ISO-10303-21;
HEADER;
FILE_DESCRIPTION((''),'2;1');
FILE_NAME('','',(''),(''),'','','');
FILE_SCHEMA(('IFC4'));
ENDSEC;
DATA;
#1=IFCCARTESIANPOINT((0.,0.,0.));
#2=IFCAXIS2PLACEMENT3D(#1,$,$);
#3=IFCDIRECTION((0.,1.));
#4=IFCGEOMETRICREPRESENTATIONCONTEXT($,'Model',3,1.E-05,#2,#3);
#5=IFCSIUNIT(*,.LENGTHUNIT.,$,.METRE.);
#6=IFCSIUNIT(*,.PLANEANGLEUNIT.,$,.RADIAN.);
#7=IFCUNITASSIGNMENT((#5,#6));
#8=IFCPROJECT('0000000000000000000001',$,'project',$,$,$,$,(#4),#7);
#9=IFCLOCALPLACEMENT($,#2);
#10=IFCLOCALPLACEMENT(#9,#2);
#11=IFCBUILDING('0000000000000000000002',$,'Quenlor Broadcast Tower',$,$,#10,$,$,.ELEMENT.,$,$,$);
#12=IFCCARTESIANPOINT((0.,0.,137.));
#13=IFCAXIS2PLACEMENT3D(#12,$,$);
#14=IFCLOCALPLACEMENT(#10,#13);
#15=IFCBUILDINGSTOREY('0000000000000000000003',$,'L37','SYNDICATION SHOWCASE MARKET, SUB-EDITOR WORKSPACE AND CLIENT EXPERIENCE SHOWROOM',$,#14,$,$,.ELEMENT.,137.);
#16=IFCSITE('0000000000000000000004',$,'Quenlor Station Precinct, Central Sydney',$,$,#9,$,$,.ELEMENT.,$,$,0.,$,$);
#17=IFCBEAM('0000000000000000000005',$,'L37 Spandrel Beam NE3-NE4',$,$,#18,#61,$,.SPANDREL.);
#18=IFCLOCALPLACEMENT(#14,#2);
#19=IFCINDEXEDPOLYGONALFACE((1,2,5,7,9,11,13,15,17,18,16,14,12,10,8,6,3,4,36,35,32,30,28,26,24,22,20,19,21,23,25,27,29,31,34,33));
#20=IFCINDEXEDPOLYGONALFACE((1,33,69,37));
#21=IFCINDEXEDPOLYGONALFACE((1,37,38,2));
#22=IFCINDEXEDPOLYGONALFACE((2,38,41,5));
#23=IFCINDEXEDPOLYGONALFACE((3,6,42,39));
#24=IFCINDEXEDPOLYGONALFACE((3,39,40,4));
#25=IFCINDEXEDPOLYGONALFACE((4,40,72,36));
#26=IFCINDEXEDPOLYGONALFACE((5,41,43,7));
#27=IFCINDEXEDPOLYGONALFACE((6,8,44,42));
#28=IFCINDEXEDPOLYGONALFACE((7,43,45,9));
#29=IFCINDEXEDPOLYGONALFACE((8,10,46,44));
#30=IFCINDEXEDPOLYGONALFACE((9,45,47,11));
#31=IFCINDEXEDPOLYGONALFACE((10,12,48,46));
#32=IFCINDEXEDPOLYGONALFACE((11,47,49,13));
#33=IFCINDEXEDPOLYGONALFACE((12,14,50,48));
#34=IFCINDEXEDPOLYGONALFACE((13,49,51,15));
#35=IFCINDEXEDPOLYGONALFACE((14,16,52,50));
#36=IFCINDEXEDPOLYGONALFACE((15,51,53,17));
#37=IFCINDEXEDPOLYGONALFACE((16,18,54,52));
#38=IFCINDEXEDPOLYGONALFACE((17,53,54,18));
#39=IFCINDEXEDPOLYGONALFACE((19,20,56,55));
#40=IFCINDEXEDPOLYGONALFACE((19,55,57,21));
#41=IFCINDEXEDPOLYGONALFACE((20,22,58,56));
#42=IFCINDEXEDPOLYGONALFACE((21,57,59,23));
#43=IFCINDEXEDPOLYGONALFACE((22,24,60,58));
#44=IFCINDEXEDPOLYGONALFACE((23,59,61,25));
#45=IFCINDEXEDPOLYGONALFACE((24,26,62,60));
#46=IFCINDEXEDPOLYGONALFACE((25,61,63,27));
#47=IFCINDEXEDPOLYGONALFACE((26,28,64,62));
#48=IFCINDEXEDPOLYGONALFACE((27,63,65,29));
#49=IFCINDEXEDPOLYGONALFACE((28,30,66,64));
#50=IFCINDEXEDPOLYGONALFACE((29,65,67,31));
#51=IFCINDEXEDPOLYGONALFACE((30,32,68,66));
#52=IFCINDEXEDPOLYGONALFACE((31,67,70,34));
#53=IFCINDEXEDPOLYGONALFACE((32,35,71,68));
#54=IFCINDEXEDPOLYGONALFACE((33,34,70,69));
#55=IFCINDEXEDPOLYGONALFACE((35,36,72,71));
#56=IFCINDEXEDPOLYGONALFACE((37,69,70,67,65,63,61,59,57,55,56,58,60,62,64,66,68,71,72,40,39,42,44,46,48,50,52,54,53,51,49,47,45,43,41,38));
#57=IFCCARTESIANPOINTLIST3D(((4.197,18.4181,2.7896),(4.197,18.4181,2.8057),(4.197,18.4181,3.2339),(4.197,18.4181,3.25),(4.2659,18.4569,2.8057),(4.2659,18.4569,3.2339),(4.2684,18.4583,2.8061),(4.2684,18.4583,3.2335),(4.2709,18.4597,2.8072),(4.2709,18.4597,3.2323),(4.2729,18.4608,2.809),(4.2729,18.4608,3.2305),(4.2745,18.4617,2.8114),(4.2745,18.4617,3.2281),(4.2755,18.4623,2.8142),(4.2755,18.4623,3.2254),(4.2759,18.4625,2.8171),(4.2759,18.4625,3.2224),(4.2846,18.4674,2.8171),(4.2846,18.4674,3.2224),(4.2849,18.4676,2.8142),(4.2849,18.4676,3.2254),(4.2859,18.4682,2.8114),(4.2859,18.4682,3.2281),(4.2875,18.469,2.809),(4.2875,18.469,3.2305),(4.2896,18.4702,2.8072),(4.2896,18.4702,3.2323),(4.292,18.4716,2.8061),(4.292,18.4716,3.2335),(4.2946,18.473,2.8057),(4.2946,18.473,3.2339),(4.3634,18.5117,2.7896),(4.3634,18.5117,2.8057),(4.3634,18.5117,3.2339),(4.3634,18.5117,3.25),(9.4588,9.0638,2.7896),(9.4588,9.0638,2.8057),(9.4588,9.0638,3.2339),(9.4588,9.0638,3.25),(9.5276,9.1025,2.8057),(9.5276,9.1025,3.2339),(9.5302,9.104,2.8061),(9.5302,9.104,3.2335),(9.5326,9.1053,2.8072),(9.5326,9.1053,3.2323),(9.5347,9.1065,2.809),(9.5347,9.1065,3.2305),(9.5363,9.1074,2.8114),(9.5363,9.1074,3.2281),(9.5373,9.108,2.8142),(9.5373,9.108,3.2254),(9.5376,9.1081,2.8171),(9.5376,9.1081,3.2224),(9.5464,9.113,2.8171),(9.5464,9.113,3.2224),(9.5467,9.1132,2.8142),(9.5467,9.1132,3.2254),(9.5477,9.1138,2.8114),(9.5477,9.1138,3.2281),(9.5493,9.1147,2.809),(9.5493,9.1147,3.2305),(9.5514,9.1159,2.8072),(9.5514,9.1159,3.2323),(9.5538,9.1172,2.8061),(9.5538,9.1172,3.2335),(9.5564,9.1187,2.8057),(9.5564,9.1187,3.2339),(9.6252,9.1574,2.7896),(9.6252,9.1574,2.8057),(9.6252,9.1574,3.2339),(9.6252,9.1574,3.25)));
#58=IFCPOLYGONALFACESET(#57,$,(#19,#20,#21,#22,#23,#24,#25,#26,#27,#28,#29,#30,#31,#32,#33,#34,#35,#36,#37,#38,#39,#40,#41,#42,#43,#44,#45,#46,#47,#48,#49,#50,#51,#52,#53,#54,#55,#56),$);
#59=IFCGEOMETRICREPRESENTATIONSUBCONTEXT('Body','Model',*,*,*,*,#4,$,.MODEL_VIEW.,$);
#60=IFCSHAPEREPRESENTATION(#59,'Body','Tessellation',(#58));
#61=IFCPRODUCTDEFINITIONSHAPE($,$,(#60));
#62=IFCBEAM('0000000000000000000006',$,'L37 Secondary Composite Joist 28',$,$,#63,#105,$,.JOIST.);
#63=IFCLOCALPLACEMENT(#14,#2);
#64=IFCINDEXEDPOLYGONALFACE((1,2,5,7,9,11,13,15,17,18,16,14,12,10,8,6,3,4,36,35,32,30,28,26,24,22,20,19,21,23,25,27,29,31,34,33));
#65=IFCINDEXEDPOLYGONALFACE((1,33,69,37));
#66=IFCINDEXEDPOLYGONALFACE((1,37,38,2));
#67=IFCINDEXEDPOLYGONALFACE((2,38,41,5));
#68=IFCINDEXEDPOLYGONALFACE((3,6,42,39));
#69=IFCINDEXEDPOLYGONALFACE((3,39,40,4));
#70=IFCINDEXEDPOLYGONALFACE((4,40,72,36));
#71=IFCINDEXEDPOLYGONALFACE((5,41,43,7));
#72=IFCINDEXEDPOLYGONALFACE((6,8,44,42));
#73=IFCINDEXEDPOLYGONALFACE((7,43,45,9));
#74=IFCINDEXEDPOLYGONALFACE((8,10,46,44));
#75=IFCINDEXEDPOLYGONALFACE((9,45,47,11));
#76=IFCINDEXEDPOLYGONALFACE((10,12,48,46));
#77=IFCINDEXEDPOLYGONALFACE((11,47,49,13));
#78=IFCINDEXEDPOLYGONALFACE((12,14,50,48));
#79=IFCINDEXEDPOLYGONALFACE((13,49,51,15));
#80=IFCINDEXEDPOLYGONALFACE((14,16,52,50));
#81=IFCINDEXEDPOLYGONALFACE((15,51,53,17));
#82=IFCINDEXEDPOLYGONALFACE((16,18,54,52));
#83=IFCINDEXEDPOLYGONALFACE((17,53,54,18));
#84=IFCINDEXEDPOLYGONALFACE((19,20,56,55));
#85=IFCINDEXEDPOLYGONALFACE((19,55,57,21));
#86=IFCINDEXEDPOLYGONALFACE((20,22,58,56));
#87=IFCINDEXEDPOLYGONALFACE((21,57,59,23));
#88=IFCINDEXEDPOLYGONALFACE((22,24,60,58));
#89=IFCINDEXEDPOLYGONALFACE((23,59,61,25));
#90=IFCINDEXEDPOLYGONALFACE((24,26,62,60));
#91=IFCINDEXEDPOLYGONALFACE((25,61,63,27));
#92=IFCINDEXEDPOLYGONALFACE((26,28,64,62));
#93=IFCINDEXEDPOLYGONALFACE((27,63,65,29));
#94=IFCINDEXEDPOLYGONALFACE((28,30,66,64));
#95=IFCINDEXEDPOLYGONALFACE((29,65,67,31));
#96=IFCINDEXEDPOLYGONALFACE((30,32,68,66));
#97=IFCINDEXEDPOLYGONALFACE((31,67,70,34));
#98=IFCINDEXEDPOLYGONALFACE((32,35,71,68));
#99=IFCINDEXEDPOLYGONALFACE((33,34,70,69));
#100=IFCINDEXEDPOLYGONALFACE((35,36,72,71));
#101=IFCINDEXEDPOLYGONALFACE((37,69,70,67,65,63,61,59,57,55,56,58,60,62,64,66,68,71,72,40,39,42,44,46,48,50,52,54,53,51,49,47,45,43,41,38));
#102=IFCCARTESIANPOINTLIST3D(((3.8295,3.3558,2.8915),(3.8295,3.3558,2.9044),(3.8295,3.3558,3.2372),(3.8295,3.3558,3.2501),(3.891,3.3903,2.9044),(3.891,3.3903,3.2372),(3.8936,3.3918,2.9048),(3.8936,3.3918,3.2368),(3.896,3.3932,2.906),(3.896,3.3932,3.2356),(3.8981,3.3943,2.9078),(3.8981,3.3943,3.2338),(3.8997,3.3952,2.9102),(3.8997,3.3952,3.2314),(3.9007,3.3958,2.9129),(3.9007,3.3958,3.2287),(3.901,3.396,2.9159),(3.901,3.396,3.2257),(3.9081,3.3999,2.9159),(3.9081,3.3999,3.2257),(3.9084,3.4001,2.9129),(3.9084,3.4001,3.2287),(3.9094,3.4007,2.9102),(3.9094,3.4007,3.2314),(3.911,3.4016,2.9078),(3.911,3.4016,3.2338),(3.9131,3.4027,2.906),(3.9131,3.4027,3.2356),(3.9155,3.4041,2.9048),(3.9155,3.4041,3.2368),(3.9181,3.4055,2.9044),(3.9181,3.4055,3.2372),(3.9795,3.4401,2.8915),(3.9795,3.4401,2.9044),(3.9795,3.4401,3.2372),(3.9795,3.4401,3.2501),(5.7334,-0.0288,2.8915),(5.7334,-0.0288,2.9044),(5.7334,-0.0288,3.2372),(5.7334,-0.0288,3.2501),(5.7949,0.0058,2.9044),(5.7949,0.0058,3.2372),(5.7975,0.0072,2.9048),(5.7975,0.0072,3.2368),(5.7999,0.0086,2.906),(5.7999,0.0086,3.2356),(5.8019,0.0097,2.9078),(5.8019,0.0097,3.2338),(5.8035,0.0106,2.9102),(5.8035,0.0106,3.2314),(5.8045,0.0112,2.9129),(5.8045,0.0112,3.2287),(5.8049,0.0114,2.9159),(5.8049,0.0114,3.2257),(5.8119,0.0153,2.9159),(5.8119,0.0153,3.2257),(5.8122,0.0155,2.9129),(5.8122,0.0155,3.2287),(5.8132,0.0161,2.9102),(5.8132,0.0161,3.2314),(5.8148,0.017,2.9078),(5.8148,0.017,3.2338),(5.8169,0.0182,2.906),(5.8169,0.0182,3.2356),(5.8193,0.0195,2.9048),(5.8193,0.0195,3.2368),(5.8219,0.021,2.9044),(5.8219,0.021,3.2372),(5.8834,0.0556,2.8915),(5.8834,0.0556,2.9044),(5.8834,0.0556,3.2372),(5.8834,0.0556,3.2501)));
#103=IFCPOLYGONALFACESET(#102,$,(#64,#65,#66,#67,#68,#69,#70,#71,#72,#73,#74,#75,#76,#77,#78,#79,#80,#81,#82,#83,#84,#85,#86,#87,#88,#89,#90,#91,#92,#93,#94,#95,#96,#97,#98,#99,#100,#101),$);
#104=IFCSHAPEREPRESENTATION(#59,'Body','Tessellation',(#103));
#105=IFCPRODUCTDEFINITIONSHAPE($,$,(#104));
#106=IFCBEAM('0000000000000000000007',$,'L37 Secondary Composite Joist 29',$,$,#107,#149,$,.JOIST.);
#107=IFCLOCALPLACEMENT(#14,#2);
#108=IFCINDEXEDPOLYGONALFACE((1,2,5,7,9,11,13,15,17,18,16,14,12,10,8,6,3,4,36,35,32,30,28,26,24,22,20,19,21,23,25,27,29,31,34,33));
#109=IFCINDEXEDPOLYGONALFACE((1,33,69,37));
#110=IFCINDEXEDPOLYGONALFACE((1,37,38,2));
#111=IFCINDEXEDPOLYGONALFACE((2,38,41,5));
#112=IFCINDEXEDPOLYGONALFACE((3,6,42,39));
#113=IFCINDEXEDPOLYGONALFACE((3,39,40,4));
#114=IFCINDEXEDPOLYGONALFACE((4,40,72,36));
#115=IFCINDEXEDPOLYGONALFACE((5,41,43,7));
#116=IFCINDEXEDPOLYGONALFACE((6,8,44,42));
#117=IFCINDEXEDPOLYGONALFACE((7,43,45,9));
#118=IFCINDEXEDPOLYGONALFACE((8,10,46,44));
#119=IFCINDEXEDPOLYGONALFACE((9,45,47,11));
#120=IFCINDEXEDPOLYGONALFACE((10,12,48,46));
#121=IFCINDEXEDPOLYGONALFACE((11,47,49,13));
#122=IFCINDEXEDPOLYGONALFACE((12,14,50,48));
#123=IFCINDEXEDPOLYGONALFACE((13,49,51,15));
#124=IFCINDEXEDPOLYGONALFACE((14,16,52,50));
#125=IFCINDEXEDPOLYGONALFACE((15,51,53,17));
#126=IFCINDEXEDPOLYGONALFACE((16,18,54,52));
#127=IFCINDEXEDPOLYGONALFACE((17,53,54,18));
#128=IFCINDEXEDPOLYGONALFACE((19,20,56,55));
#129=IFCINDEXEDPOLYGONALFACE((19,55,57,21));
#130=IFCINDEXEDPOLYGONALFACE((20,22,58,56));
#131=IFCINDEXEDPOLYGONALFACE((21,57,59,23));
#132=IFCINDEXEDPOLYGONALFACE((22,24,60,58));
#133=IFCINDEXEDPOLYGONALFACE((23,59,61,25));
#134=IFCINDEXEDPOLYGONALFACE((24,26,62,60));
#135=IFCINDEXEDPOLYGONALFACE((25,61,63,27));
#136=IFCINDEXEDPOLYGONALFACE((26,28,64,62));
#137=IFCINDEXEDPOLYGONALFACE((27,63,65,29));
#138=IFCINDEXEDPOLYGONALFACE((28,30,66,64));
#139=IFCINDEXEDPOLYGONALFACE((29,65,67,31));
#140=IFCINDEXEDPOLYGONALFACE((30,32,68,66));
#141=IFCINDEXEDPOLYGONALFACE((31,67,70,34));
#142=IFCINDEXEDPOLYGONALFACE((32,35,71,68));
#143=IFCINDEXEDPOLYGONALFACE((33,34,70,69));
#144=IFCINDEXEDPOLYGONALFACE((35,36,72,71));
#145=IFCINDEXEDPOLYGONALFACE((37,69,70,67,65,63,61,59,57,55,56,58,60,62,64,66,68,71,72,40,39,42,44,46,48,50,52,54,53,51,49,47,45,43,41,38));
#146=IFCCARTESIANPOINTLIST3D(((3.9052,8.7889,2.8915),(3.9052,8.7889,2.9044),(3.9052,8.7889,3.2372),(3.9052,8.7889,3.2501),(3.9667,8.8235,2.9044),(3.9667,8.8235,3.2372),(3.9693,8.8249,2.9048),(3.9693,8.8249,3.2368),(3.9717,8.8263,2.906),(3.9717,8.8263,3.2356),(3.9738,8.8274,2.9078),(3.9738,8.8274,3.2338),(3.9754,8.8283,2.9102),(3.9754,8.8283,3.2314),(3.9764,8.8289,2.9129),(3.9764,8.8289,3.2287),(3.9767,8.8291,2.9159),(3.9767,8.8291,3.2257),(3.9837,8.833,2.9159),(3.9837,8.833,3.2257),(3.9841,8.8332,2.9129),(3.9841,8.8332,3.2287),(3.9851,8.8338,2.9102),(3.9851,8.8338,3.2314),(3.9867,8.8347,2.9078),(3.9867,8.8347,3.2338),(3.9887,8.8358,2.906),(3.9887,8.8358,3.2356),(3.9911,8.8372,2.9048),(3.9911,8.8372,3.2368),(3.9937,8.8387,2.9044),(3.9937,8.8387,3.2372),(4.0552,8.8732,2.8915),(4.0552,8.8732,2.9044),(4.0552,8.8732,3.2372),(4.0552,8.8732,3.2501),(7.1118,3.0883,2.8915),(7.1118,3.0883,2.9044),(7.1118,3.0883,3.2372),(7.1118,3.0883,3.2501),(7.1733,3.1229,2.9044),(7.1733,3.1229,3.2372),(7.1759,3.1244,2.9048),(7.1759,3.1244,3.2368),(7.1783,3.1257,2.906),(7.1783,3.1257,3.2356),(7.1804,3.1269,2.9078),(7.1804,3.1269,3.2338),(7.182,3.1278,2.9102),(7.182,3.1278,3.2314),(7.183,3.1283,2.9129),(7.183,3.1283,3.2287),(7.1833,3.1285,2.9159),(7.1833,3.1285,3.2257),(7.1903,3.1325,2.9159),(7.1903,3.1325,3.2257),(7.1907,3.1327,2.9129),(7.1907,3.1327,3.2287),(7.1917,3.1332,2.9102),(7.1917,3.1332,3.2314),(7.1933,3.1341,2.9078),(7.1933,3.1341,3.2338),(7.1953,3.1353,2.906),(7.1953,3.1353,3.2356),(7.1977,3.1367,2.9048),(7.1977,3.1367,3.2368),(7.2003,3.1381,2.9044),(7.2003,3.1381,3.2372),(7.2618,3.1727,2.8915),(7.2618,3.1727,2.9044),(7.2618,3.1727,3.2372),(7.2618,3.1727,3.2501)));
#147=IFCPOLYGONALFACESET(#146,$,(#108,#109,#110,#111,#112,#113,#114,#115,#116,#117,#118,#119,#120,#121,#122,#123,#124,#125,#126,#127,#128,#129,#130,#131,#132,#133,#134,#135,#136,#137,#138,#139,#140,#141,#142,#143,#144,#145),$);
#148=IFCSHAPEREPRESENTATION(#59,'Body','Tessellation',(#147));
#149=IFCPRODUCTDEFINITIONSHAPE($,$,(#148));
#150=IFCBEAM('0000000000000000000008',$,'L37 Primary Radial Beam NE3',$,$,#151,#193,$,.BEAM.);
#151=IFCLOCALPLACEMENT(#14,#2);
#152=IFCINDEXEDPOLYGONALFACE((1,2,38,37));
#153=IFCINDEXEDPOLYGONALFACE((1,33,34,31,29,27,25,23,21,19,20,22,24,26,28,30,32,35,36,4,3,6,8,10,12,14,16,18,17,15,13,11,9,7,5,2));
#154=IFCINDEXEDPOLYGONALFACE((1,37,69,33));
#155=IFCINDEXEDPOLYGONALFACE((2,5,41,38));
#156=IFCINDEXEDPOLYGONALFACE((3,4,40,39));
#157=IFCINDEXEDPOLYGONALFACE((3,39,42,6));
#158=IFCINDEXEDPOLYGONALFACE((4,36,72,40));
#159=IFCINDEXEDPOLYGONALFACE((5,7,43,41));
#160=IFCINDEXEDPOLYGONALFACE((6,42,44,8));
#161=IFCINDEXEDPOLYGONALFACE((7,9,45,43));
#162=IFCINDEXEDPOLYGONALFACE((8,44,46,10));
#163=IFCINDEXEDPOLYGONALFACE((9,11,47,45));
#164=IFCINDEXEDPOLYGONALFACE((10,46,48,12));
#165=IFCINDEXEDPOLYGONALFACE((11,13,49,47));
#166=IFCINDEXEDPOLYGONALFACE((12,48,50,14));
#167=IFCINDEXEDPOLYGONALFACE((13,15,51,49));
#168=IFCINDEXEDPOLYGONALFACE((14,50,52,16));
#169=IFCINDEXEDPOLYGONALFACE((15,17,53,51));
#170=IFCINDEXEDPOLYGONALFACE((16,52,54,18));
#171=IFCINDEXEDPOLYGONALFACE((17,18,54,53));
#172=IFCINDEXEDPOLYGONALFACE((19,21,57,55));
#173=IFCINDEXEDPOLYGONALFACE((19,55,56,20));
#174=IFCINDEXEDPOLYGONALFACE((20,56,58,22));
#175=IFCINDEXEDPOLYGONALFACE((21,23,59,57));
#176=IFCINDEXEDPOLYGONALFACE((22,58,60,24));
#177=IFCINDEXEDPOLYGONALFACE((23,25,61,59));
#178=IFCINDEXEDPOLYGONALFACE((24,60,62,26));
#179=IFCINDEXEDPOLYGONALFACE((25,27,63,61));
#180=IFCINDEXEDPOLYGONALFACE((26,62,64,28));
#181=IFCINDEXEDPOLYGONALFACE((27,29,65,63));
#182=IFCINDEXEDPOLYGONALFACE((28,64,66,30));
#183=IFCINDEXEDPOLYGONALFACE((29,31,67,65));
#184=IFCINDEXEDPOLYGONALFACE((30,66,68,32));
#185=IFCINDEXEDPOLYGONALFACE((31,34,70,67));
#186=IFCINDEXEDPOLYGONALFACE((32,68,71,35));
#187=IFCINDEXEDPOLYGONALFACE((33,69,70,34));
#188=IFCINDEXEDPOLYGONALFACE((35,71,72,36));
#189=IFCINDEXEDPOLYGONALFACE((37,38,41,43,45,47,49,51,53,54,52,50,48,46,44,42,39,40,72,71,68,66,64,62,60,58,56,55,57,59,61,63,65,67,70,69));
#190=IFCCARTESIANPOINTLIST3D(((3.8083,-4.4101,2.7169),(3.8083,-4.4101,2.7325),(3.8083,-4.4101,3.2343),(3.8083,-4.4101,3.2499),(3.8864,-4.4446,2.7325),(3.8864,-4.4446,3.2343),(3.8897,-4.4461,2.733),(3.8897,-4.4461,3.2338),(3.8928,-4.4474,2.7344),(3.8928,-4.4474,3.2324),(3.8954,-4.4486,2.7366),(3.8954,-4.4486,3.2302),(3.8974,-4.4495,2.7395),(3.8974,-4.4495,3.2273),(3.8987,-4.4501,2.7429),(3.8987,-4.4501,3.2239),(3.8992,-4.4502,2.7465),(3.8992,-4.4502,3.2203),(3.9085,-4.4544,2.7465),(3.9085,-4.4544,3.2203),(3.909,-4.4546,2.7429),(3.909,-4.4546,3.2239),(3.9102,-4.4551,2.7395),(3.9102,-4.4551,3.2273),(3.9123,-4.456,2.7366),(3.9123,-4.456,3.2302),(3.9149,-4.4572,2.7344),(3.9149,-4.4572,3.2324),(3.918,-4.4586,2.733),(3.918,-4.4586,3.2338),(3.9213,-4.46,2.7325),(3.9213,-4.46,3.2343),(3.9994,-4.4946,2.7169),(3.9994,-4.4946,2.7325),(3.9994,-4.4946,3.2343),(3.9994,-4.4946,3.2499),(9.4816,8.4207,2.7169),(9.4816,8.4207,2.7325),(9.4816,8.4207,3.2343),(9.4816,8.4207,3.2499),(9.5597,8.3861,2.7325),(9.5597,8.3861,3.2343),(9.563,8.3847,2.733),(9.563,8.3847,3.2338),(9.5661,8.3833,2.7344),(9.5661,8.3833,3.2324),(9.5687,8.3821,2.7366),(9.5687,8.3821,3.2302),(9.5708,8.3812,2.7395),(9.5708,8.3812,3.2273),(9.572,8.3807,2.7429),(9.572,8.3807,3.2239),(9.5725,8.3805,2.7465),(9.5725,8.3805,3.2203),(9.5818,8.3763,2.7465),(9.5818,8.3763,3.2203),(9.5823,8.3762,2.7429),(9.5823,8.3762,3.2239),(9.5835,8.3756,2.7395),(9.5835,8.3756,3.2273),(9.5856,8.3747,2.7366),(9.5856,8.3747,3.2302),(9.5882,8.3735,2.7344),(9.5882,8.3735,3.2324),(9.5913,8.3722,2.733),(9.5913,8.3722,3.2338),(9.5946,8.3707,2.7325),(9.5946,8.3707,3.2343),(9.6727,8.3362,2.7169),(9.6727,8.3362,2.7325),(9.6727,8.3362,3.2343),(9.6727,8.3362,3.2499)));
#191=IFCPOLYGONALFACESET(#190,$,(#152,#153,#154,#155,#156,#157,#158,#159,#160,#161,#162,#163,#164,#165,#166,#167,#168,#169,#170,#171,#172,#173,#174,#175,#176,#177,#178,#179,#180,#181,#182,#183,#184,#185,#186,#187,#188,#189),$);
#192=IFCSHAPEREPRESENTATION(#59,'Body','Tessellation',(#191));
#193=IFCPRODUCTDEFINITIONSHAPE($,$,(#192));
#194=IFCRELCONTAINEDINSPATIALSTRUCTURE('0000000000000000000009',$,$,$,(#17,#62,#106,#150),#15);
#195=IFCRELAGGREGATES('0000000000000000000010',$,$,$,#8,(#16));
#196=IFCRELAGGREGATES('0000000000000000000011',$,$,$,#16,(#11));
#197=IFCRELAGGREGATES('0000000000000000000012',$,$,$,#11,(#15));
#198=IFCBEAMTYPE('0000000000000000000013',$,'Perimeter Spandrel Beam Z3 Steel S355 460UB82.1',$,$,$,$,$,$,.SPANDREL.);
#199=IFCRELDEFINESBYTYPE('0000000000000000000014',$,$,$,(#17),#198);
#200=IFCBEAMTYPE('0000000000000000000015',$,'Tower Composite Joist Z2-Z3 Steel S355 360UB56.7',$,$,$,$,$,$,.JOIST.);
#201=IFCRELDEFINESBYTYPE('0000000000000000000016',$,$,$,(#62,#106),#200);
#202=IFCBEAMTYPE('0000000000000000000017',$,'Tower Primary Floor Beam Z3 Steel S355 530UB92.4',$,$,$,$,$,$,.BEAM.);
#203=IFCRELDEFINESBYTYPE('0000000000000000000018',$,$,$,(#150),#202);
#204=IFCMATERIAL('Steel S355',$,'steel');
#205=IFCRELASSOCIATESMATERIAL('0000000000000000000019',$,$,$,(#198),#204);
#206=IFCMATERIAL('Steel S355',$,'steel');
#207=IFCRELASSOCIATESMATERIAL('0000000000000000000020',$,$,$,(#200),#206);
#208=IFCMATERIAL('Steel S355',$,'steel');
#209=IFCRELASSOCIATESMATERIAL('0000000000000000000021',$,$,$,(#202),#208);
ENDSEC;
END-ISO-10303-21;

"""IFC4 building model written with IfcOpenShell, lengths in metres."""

from ifc_helpers import new_model, si_unit, direction, frame, origin, origin_2d, place, context, subcontext, project, spatial, i_section, extrude, material, material_profile, profile_set, type_object, element, save


model = new_model("IFC4")

# Units and contexts
model_context = context("Model", 3, precision=1e-05, world=origin(), true_north=direction((0.0, 1.0)))
body_context = subcontext(model_context, "Body", "Model", "MODEL_VIEW")
ifc_project = project(units=[si_unit("LENGTHUNIT", "METRE"), si_unit("PLANEANGLEUNIT", "RADIAN")], contexts=[model_context])

# Site, building, storey
site_placement = place(None, origin())
site = spatial("IfcSite", under=ifc_project, at=site_placement, Name="Quenlor Station Precinct, Central Sydney", CompositionType="ELEMENT", RefElevation=0.0)
building_placement = place(site_placement, origin())
building = spatial("IfcBuilding", under=site, at=building_placement, Name="Quenlor Broadcast Tower", CompositionType="ELEMENT")
storey_placement = place(building_placement, frame((0.0, 0.0, 137.0)))
storey = spatial("IfcBuildingStorey", under=building, at=storey_placement, Name="L37", Description="SYNDICATION SHOWCASE MARKET, SUB-EDITOR WORKSPACE AND CLIENT EXPERIENCE SHOWROOM", CompositionType="ELEMENT", Elevation=137.0)

# Beams
ifc_material_1 = material(Name="Steel S355", Category="steel")
ifc_material_profile_1 = material_profile(ifc_material_1, i_section(OverallWidth=0.1909, OverallDepth=0.4604, WebThickness=0.01, FlangeThickness=0.0161, FilletRadius=0.0115, at=origin_2d()))
ifc_profile_set_1 = profile_set([ifc_material_profile_1], Name="Steel S355 460UB82.1")
beam_type_1 = type_object("IfcBeamType", Name="Perimeter Spandrel Beam Z3 Steel S355 460UB82.1", PredefinedType="SPANDREL", material=ifc_profile_set_1)
beam_1_placement = place(storey_placement, frame((9.542, 9.1106, 3.0198), z_axis=(-0.490258, 0.871577, 0.0), x_axis=(-0.871577, -0.490258, 0.0)))
element("IfcBeam", 1, at=beam_1_placement, inside=storey, type_object=beam_type_1, Name="L37 Spandrel Beam NE3-NE4", PredefinedType="SPANDREL", context=body_context, shape_type="SweptSolid", body=[
    extrude(i_section(OverallWidth=0.1909, OverallDepth=0.4604, WebThickness=0.01, FlangeThickness=0.0161, FilletRadius=0.0115, at=origin_2d()), origin(), (0.0, 0.0, 1.0), 10.7327),
])
ifc_material_2 = material(Name="Steel S355", Category="steel")
ifc_material_profile_2 = material_profile(ifc_material_2, i_section(OverallWidth=0.1721, OverallDepth=0.3586, WebThickness=0.0081, FlangeThickness=0.0129, FilletRadius=0.0115, at=origin_2d()))
ifc_profile_set_2 = profile_set([ifc_material_profile_2], Name="Steel S355 360UB56.7")
beam_type_2 = type_object("IfcBeamType", Name="Tower Composite Joist Z2-Z3 Steel S355 360UB56.7", PredefinedType="JOIST", material=ifc_profile_set_2)
beam_2_placement = place(storey_placement, frame((3.9045, 3.3979, 3.0708), z_axis=(0.490264, -0.871574, 0.0), x_axis=(0.871574, 0.490264, 0.0)))
element("IfcBeam", 2, at=beam_2_placement, inside=storey, type_object=beam_type_2, Name="L37 Secondary Composite Joist 28", PredefinedType="JOIST", context=body_context, shape_type="SweptSolid", body=[
    extrude(i_section(OverallWidth=0.1721, OverallDepth=0.3586, WebThickness=0.0081, FlangeThickness=0.0129, FilletRadius=0.0115, at=origin_2d()), origin(), (0.0, 0.0, 1.0), 3.8833),
])
beam_3_placement = place(storey_placement, frame((3.9802, 8.8311, 3.0708), z_axis=(0.490267, -0.871573, 0.0), x_axis=(0.871573, 0.490267, 0.0)))
element("IfcBeam", 3, at=beam_3_placement, inside=storey, type_object=beam_type_2, Name="L37 Secondary Composite Joist 29", PredefinedType="JOIST", context=body_context, shape_type="SweptSolid", body=[
    extrude(i_section(OverallWidth=0.1721, OverallDepth=0.3586, WebThickness=0.0081, FlangeThickness=0.0129, FilletRadius=0.0115, at=origin_2d()), origin(), (0.0, 0.0, 1.0), 6.5405),
])
ifc_material_3 = material(Name="Steel S355", Category="steel")
ifc_material_profile_3 = material_profile(ifc_material_3, i_section(OverallWidth=0.209, OverallDepth=0.533, WebThickness=0.0103, FlangeThickness=0.0156, FilletRadius=0.0139, at=origin_2d()))
ifc_profile_set_3 = profile_set([ifc_material_profile_3], Name="Steel S355 530UB92.4")
beam_type_3 = type_object("IfcBeamType", Name="Tower Primary Floor Beam Z3 Steel S355 530UB92.4", PredefinedType="BEAM", material=ifc_profile_set_3)
beam_4_placement = place(storey_placement, frame((9.5771, 8.3784, 2.9834), z_axis=(-0.404397, -0.914583, 0.0), x_axis=(0.914583, -0.404397, 0.0)))
element("IfcBeam", 4, at=beam_4_placement, inside=storey, type_object=beam_type_3, Name="L37 Primary Radial Beam NE3", PredefinedType="BEAM", context=body_context, shape_type="SweptSolid", body=[
    extrude(i_section(OverallWidth=0.209, OverallDepth=0.533, WebThickness=0.0103, FlangeThickness=0.0156, FilletRadius=0.0139, at=origin_2d()), origin(), (0.0, 0.0, 1.0), 14.0291),
])

save(model, "model.ifc")
